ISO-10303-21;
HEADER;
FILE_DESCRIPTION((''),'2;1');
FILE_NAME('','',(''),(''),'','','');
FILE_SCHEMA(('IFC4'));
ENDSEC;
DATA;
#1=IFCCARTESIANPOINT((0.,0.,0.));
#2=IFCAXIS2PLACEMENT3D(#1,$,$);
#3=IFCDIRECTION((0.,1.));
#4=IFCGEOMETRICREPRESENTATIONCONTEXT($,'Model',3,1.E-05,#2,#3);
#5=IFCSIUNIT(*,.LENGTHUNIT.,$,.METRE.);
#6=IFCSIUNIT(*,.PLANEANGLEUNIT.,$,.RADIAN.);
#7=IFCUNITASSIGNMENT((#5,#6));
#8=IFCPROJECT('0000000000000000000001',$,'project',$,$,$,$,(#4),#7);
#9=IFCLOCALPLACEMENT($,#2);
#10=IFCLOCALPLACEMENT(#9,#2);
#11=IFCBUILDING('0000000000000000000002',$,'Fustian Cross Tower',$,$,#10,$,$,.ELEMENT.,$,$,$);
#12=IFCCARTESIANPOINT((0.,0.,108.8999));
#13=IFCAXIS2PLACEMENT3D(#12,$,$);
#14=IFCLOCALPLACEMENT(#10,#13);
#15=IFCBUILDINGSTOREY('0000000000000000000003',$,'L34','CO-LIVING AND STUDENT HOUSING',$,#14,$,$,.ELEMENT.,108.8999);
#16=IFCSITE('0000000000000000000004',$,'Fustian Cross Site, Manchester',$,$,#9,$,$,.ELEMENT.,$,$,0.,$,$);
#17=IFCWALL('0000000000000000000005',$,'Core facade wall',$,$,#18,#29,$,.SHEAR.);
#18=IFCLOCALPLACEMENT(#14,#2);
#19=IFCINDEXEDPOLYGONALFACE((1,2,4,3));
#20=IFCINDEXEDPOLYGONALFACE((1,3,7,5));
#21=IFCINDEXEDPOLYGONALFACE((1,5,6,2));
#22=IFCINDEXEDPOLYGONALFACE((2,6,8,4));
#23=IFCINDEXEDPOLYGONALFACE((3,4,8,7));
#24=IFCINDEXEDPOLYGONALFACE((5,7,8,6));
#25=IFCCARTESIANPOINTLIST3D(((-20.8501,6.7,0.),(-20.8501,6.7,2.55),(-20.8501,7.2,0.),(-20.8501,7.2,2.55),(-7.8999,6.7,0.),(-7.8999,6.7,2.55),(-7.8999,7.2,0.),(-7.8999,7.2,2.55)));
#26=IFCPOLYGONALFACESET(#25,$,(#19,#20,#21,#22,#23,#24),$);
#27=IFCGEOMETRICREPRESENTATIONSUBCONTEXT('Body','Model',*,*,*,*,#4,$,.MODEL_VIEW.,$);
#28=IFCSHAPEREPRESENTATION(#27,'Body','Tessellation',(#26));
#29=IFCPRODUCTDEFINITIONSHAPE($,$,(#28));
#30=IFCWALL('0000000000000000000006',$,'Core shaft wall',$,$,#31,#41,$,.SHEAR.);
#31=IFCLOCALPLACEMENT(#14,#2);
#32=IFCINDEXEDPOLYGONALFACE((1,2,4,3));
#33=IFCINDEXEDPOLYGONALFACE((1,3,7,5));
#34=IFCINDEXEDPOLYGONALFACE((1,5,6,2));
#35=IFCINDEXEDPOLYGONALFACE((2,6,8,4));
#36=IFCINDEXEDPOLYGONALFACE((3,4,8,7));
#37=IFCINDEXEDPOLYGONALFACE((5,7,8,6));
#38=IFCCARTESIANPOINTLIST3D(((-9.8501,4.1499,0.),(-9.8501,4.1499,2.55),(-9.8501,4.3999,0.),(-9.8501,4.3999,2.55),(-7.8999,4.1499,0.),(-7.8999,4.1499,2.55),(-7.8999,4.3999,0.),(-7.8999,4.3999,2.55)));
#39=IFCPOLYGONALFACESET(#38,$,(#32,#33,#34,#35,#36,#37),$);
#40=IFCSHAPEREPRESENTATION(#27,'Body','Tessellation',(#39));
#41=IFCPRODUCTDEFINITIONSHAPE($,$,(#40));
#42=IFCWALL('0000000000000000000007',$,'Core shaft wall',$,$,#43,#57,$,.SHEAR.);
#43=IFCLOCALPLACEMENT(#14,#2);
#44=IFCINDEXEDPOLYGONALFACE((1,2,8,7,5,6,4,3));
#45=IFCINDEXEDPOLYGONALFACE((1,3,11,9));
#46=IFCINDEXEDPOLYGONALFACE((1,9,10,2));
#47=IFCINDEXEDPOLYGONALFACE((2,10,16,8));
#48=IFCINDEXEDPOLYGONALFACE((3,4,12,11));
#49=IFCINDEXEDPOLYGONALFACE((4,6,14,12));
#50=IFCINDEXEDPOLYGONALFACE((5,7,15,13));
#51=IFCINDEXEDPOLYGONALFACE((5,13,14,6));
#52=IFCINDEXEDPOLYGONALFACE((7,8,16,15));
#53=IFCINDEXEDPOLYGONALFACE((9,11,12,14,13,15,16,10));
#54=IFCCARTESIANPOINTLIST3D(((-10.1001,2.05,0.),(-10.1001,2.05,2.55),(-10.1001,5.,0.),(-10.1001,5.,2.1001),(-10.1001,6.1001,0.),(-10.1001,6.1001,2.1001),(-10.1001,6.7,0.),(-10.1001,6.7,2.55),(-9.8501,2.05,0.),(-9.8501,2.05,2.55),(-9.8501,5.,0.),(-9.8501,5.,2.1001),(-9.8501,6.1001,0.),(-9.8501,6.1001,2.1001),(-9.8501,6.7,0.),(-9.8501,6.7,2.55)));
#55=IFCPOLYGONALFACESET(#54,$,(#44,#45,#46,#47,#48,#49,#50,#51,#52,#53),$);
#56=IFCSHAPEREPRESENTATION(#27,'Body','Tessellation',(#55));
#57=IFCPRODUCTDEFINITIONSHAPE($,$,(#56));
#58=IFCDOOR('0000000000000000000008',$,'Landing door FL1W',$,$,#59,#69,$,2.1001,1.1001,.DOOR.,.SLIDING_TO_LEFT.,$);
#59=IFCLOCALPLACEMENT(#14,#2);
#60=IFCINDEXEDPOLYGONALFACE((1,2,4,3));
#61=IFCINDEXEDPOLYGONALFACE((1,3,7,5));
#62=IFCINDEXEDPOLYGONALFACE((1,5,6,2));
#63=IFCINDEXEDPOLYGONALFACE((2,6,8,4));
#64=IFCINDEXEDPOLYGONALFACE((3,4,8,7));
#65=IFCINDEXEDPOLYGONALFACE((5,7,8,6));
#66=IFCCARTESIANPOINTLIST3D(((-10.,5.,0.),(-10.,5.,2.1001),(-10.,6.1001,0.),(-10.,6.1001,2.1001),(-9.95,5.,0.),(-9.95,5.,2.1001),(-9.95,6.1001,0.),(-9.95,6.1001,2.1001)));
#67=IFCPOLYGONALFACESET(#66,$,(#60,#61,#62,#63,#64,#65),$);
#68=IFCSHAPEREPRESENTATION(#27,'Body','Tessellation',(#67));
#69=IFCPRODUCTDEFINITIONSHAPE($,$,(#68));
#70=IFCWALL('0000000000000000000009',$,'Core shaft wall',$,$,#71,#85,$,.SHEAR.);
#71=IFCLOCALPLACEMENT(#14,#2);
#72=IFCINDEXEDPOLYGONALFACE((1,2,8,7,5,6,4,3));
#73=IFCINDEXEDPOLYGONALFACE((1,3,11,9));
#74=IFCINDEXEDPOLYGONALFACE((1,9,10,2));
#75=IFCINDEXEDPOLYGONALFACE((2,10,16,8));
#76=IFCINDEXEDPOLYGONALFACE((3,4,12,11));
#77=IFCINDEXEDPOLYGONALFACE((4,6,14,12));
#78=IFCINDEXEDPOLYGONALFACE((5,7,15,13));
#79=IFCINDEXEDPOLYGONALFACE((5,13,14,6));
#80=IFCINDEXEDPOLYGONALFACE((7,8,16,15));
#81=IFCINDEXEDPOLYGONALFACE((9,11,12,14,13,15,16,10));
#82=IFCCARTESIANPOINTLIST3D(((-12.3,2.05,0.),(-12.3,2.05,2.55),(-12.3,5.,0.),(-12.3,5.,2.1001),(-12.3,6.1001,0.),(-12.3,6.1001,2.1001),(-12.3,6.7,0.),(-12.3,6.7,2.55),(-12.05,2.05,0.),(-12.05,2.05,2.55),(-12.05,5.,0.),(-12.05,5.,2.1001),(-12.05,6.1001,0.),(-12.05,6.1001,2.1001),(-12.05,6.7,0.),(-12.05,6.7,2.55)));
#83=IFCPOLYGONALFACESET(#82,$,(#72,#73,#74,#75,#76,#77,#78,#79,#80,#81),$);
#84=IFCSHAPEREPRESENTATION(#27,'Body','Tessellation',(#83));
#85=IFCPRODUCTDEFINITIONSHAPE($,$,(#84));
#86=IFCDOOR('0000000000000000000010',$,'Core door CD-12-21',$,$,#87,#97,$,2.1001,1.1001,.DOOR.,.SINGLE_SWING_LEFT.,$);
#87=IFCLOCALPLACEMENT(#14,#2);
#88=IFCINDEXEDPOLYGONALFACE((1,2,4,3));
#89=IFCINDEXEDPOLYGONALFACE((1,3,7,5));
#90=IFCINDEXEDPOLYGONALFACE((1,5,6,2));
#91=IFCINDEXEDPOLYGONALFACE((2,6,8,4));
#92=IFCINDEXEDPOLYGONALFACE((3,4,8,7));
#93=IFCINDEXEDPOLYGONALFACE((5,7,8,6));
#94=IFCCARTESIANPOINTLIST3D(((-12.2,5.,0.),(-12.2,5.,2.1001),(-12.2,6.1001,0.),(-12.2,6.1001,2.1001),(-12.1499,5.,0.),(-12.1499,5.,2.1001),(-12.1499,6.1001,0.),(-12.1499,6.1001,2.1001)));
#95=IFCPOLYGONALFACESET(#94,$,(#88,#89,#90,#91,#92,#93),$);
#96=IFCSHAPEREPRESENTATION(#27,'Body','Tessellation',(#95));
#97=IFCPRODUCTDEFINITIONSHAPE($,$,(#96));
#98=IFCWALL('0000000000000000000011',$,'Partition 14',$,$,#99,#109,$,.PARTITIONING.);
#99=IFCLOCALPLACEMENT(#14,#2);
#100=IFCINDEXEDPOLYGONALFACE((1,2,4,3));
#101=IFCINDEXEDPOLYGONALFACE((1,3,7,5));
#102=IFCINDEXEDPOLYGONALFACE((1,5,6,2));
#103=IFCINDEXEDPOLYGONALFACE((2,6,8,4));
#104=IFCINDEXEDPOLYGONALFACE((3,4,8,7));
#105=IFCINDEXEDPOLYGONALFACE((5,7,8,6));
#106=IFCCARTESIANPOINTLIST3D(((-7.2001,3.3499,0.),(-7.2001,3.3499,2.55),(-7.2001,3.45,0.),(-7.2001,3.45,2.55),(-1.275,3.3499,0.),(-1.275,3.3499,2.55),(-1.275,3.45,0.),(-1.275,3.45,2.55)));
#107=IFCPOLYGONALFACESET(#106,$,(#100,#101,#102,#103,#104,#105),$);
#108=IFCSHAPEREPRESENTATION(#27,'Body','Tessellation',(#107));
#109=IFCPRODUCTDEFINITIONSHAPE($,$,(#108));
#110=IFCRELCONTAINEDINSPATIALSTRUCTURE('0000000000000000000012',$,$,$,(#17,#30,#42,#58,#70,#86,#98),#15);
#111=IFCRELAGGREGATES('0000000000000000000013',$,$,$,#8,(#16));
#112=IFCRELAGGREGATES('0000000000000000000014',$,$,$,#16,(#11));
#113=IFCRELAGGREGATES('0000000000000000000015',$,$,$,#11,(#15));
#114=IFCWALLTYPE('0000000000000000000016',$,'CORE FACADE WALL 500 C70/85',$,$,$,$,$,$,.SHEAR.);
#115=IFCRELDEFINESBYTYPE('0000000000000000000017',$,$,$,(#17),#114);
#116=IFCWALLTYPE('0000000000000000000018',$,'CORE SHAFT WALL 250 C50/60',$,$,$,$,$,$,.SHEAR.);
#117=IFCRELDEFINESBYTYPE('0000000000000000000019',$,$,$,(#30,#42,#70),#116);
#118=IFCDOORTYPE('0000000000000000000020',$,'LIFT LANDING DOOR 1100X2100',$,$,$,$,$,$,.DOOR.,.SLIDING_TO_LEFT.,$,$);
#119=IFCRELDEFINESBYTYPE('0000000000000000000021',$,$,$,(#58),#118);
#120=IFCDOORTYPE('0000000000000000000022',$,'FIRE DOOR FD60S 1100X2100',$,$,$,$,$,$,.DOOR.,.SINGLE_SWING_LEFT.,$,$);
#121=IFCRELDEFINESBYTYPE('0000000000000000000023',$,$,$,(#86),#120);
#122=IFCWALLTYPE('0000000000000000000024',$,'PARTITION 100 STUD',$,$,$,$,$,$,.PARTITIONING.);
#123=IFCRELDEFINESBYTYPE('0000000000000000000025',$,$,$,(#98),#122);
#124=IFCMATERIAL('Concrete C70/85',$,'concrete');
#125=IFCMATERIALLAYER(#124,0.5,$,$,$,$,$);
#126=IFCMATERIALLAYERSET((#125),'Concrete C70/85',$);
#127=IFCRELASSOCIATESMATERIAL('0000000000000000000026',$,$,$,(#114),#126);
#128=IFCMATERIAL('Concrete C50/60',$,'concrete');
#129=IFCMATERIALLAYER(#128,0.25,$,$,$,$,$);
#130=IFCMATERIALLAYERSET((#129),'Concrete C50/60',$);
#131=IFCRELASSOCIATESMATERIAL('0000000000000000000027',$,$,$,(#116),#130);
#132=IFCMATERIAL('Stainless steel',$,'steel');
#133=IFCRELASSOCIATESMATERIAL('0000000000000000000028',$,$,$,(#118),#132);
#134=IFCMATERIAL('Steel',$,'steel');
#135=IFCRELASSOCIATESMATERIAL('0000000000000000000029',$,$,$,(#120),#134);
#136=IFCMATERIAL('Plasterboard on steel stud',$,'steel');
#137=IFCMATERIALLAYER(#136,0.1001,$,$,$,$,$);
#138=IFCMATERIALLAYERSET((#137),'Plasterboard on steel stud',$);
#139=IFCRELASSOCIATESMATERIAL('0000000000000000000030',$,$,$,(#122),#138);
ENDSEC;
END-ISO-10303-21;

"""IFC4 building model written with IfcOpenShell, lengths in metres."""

from ifc_helpers import new_model, si_unit, direction, frame, frame_2d, origin, place, context, subcontext, project, spatial, rectangle, extrude, material, layer, layer_set, type_object, element, fill, save


model = new_model("IFC4")

# Units and contexts
model_context = context("Model", 3, precision=1e-05, world=origin(), true_north=direction((0.0, 1.0)))
body_context = subcontext(model_context, "Body", "Model", "MODEL_VIEW")
ifc_project = project(units=[si_unit("LENGTHUNIT", "METRE"), si_unit("PLANEANGLEUNIT", "RADIAN")], contexts=[model_context])

# Site, building, storey
site_placement = place(None, origin())
site = spatial("IfcSite", under=ifc_project, at=site_placement, Name="Fustian Cross Site, Manchester", CompositionType="ELEMENT", RefElevation=0.0)
building_placement = place(site_placement, origin())
building = spatial("IfcBuilding", under=site, at=building_placement, Name="Fustian Cross Tower", CompositionType="ELEMENT")
storey_placement = place(building_placement, frame((0.0, 0.0, 108.8999)))
storey = spatial("IfcBuildingStorey", under=building, at=storey_placement, Name="L34", Description="CO-LIVING AND STUDENT HOUSING", CompositionType="ELEMENT", Elevation=108.8999)

# Walls
ifc_material_1 = material(Name="Concrete C70/85", Category="concrete")
ifc_layer_1 = layer(ifc_material_1, 0.5)
ifc_layer_set_1 = layer_set([ifc_layer_1], Name="Concrete C70/85")
wall_type_1 = type_object("IfcWallType", Name="CORE FACADE WALL 500 C70/85", PredefinedType="SHEAR", material=ifc_layer_set_1)
wall_1_placement = place(storey_placement, frame((-7.8999, 6.95, 0.0), z_axis=(0.0, 0.0, 1.0), x_axis=(-1.0, 0.0, 0.0)))
element("IfcWall", 1, at=wall_1_placement, inside=storey, type_object=wall_type_1, Name="Core facade wall", PredefinedType="SHEAR", context=body_context, shape_type="SweptSolid", body=[
    extrude(rectangle(XDim=12.9502, YDim=0.5, at=frame_2d((6.4751, 0.0))), origin(), (0.0, 0.0, 1.0), 2.55),
])
ifc_material_2 = material(Name="Concrete C50/60", Category="concrete")
ifc_layer_2 = layer(ifc_material_2, 0.25)
ifc_layer_set_2 = layer_set([ifc_layer_2], Name="Concrete C50/60")
wall_type_2 = type_object("IfcWallType", Name="CORE SHAFT WALL 250 C50/60", PredefinedType="SHEAR", material=ifc_layer_set_2)
wall_2_placement = place(storey_placement, frame((-7.8999, 4.2749, 0.0), z_axis=(0.0, 0.0, 1.0), x_axis=(-1.0, 0.0, 0.0)))
element("IfcWall", 2, at=wall_2_placement, inside=storey, type_object=wall_type_2, Name="Core shaft wall", PredefinedType="SHEAR", context=body_context, shape_type="SweptSolid", body=[
    extrude(rectangle(XDim=1.9502, YDim=0.25, at=frame_2d((0.9751, 0.0))), origin(), (0.0, 0.0, 1.0), 2.55),
])

# Walls, openings, doors
wall_3_placement = place(storey_placement, frame((-9.9751, 2.05, 0.0), z_axis=(0.0, 0.0, 1.0), x_axis=(0.0, 1.0, 0.0)))
wall_3 = element("IfcWall", 3, at=wall_3_placement, inside=storey, type_object=wall_type_2, Name="Core shaft wall", PredefinedType="SHEAR", context=body_context, shape_type="SweptSolid", body=[
    extrude(rectangle(XDim=4.6499, YDim=0.25, at=frame_2d((2.325, 0.0))), origin(), (0.0, 0.0, 1.0), 2.55),
])
opening_1_placement = place(wall_3_placement, frame((2.95, 0.0, 0.0)))
opening_1 = element("IfcOpeningElement", 4, at=opening_1_placement, cuts=wall_3, PredefinedType="OPENING", context=body_context, shape_type="SweptSolid", body=[
    extrude(rectangle(XDim=1.1001, YDim=2.1001, at=frame_2d((0.55, 1.05))), frame((0.0, 0.135, 0.0), z_axis=(0.0, -1.0, 0.0), x_axis=(1.0, 0.0, 0.0)), (0.0, 0.0, 1.0), 0.27),
])
ifc_material_3 = material(Name="Stainless steel", Category="steel")
door_type_1 = type_object("IfcDoorType", Name="LIFT LANDING DOOR 1100X2100", OperationType="SLIDING_TO_LEFT", PredefinedType="DOOR", material=ifc_material_3)
door_1_placement = place(opening_1_placement, origin())
door_1 = element("IfcDoor", 5, at=door_1_placement, inside=storey, type_object=door_type_1, Name="Landing door FL1W", OperationType="SLIDING_TO_LEFT", OverallHeight=2.1001, OverallWidth=1.1001, PredefinedType="DOOR", context=body_context, shape_type="SweptSolid", body=[
    extrude(rectangle(XDim=1.1001, YDim=2.1001, at=frame_2d((0.55, 1.05))), frame((0.0, 0.0249, 0.0), z_axis=(0.0, -1.0, 0.0), x_axis=(1.0, 0.0, 0.0)), (0.0, 0.0, 1.0), 0.05),
])
fill(opening_1, door_1)
wall_4_placement = place(storey_placement, frame((-12.175, 2.05, 0.0), z_axis=(0.0, 0.0, 1.0), x_axis=(0.0, 1.0, 0.0)))
wall_4 = element("IfcWall", 6, at=wall_4_placement, inside=storey, type_object=wall_type_2, Name="Core shaft wall", PredefinedType="SHEAR", context=body_context, shape_type="SweptSolid", body=[
    extrude(rectangle(XDim=4.6499, YDim=0.25, at=frame_2d((2.325, 0.0))), origin(), (0.0, 0.0, 1.0), 2.55),
])
opening_2_placement = place(wall_4_placement, frame((2.95, 0.0, 0.0)))
opening_2 = element("IfcOpeningElement", 7, at=opening_2_placement, cuts=wall_4, PredefinedType="OPENING", context=body_context, shape_type="SweptSolid", body=[
    extrude(rectangle(XDim=1.1001, YDim=2.1001, at=frame_2d((0.55, 1.05))), frame((0.0, 0.135, 0.0), z_axis=(0.0, -1.0, 0.0), x_axis=(1.0, 0.0, 0.0)), (0.0, 0.0, 1.0), 0.27),
])
ifc_material_4 = material(Name="Steel", Category="steel")
door_type_2 = type_object("IfcDoorType", Name="FIRE DOOR FD60S 1100X2100", OperationType="SINGLE_SWING_LEFT", PredefinedType="DOOR", material=ifc_material_4)
door_2_placement = place(opening_2_placement, origin())
door_2 = element("IfcDoor", 8, at=door_2_placement, inside=storey, type_object=door_type_2, Name="Core door CD-12-21", OperationType="SINGLE_SWING_LEFT", OverallHeight=2.1001, OverallWidth=1.1001, PredefinedType="DOOR", context=body_context, shape_type="SweptSolid", body=[
    extrude(rectangle(XDim=1.1001, YDim=2.1001, at=frame_2d((0.55, 1.05))), frame((0.0, 0.0249, 0.0), z_axis=(0.0, -1.0, 0.0), x_axis=(1.0, 0.0, 0.0)), (0.0, 0.0, 1.0), 0.05),
])
fill(opening_2, door_2)

# Wall
ifc_material_5 = material(Name="Plasterboard on steel stud", Category="steel")
ifc_layer_3 = layer(ifc_material_5, 0.1001)
ifc_layer_set_3 = layer_set([ifc_layer_3], Name="Plasterboard on steel stud")
wall_type_3 = type_object("IfcWallType", Name="PARTITION 100 STUD", PredefinedType="PARTITIONING", material=ifc_layer_set_3)
wall_5_placement = place(storey_placement, frame((-7.2, 3.3999, 0.0), z_axis=(0.0, 0.0, 1.0), x_axis=(1.0, 0.0, 0.0)))
element("IfcWall", 9, at=wall_5_placement, inside=storey, type_object=wall_type_3, Name="Partition 14", PredefinedType="PARTITIONING", context=body_context, shape_type="SweptSolid", body=[
    extrude(rectangle(XDim=5.925, YDim=0.1001, at=frame_2d((2.9624, 0.0))), origin(), (0.0, 0.0, 1.0), 2.55),
])

save(model, "model.ifc")
